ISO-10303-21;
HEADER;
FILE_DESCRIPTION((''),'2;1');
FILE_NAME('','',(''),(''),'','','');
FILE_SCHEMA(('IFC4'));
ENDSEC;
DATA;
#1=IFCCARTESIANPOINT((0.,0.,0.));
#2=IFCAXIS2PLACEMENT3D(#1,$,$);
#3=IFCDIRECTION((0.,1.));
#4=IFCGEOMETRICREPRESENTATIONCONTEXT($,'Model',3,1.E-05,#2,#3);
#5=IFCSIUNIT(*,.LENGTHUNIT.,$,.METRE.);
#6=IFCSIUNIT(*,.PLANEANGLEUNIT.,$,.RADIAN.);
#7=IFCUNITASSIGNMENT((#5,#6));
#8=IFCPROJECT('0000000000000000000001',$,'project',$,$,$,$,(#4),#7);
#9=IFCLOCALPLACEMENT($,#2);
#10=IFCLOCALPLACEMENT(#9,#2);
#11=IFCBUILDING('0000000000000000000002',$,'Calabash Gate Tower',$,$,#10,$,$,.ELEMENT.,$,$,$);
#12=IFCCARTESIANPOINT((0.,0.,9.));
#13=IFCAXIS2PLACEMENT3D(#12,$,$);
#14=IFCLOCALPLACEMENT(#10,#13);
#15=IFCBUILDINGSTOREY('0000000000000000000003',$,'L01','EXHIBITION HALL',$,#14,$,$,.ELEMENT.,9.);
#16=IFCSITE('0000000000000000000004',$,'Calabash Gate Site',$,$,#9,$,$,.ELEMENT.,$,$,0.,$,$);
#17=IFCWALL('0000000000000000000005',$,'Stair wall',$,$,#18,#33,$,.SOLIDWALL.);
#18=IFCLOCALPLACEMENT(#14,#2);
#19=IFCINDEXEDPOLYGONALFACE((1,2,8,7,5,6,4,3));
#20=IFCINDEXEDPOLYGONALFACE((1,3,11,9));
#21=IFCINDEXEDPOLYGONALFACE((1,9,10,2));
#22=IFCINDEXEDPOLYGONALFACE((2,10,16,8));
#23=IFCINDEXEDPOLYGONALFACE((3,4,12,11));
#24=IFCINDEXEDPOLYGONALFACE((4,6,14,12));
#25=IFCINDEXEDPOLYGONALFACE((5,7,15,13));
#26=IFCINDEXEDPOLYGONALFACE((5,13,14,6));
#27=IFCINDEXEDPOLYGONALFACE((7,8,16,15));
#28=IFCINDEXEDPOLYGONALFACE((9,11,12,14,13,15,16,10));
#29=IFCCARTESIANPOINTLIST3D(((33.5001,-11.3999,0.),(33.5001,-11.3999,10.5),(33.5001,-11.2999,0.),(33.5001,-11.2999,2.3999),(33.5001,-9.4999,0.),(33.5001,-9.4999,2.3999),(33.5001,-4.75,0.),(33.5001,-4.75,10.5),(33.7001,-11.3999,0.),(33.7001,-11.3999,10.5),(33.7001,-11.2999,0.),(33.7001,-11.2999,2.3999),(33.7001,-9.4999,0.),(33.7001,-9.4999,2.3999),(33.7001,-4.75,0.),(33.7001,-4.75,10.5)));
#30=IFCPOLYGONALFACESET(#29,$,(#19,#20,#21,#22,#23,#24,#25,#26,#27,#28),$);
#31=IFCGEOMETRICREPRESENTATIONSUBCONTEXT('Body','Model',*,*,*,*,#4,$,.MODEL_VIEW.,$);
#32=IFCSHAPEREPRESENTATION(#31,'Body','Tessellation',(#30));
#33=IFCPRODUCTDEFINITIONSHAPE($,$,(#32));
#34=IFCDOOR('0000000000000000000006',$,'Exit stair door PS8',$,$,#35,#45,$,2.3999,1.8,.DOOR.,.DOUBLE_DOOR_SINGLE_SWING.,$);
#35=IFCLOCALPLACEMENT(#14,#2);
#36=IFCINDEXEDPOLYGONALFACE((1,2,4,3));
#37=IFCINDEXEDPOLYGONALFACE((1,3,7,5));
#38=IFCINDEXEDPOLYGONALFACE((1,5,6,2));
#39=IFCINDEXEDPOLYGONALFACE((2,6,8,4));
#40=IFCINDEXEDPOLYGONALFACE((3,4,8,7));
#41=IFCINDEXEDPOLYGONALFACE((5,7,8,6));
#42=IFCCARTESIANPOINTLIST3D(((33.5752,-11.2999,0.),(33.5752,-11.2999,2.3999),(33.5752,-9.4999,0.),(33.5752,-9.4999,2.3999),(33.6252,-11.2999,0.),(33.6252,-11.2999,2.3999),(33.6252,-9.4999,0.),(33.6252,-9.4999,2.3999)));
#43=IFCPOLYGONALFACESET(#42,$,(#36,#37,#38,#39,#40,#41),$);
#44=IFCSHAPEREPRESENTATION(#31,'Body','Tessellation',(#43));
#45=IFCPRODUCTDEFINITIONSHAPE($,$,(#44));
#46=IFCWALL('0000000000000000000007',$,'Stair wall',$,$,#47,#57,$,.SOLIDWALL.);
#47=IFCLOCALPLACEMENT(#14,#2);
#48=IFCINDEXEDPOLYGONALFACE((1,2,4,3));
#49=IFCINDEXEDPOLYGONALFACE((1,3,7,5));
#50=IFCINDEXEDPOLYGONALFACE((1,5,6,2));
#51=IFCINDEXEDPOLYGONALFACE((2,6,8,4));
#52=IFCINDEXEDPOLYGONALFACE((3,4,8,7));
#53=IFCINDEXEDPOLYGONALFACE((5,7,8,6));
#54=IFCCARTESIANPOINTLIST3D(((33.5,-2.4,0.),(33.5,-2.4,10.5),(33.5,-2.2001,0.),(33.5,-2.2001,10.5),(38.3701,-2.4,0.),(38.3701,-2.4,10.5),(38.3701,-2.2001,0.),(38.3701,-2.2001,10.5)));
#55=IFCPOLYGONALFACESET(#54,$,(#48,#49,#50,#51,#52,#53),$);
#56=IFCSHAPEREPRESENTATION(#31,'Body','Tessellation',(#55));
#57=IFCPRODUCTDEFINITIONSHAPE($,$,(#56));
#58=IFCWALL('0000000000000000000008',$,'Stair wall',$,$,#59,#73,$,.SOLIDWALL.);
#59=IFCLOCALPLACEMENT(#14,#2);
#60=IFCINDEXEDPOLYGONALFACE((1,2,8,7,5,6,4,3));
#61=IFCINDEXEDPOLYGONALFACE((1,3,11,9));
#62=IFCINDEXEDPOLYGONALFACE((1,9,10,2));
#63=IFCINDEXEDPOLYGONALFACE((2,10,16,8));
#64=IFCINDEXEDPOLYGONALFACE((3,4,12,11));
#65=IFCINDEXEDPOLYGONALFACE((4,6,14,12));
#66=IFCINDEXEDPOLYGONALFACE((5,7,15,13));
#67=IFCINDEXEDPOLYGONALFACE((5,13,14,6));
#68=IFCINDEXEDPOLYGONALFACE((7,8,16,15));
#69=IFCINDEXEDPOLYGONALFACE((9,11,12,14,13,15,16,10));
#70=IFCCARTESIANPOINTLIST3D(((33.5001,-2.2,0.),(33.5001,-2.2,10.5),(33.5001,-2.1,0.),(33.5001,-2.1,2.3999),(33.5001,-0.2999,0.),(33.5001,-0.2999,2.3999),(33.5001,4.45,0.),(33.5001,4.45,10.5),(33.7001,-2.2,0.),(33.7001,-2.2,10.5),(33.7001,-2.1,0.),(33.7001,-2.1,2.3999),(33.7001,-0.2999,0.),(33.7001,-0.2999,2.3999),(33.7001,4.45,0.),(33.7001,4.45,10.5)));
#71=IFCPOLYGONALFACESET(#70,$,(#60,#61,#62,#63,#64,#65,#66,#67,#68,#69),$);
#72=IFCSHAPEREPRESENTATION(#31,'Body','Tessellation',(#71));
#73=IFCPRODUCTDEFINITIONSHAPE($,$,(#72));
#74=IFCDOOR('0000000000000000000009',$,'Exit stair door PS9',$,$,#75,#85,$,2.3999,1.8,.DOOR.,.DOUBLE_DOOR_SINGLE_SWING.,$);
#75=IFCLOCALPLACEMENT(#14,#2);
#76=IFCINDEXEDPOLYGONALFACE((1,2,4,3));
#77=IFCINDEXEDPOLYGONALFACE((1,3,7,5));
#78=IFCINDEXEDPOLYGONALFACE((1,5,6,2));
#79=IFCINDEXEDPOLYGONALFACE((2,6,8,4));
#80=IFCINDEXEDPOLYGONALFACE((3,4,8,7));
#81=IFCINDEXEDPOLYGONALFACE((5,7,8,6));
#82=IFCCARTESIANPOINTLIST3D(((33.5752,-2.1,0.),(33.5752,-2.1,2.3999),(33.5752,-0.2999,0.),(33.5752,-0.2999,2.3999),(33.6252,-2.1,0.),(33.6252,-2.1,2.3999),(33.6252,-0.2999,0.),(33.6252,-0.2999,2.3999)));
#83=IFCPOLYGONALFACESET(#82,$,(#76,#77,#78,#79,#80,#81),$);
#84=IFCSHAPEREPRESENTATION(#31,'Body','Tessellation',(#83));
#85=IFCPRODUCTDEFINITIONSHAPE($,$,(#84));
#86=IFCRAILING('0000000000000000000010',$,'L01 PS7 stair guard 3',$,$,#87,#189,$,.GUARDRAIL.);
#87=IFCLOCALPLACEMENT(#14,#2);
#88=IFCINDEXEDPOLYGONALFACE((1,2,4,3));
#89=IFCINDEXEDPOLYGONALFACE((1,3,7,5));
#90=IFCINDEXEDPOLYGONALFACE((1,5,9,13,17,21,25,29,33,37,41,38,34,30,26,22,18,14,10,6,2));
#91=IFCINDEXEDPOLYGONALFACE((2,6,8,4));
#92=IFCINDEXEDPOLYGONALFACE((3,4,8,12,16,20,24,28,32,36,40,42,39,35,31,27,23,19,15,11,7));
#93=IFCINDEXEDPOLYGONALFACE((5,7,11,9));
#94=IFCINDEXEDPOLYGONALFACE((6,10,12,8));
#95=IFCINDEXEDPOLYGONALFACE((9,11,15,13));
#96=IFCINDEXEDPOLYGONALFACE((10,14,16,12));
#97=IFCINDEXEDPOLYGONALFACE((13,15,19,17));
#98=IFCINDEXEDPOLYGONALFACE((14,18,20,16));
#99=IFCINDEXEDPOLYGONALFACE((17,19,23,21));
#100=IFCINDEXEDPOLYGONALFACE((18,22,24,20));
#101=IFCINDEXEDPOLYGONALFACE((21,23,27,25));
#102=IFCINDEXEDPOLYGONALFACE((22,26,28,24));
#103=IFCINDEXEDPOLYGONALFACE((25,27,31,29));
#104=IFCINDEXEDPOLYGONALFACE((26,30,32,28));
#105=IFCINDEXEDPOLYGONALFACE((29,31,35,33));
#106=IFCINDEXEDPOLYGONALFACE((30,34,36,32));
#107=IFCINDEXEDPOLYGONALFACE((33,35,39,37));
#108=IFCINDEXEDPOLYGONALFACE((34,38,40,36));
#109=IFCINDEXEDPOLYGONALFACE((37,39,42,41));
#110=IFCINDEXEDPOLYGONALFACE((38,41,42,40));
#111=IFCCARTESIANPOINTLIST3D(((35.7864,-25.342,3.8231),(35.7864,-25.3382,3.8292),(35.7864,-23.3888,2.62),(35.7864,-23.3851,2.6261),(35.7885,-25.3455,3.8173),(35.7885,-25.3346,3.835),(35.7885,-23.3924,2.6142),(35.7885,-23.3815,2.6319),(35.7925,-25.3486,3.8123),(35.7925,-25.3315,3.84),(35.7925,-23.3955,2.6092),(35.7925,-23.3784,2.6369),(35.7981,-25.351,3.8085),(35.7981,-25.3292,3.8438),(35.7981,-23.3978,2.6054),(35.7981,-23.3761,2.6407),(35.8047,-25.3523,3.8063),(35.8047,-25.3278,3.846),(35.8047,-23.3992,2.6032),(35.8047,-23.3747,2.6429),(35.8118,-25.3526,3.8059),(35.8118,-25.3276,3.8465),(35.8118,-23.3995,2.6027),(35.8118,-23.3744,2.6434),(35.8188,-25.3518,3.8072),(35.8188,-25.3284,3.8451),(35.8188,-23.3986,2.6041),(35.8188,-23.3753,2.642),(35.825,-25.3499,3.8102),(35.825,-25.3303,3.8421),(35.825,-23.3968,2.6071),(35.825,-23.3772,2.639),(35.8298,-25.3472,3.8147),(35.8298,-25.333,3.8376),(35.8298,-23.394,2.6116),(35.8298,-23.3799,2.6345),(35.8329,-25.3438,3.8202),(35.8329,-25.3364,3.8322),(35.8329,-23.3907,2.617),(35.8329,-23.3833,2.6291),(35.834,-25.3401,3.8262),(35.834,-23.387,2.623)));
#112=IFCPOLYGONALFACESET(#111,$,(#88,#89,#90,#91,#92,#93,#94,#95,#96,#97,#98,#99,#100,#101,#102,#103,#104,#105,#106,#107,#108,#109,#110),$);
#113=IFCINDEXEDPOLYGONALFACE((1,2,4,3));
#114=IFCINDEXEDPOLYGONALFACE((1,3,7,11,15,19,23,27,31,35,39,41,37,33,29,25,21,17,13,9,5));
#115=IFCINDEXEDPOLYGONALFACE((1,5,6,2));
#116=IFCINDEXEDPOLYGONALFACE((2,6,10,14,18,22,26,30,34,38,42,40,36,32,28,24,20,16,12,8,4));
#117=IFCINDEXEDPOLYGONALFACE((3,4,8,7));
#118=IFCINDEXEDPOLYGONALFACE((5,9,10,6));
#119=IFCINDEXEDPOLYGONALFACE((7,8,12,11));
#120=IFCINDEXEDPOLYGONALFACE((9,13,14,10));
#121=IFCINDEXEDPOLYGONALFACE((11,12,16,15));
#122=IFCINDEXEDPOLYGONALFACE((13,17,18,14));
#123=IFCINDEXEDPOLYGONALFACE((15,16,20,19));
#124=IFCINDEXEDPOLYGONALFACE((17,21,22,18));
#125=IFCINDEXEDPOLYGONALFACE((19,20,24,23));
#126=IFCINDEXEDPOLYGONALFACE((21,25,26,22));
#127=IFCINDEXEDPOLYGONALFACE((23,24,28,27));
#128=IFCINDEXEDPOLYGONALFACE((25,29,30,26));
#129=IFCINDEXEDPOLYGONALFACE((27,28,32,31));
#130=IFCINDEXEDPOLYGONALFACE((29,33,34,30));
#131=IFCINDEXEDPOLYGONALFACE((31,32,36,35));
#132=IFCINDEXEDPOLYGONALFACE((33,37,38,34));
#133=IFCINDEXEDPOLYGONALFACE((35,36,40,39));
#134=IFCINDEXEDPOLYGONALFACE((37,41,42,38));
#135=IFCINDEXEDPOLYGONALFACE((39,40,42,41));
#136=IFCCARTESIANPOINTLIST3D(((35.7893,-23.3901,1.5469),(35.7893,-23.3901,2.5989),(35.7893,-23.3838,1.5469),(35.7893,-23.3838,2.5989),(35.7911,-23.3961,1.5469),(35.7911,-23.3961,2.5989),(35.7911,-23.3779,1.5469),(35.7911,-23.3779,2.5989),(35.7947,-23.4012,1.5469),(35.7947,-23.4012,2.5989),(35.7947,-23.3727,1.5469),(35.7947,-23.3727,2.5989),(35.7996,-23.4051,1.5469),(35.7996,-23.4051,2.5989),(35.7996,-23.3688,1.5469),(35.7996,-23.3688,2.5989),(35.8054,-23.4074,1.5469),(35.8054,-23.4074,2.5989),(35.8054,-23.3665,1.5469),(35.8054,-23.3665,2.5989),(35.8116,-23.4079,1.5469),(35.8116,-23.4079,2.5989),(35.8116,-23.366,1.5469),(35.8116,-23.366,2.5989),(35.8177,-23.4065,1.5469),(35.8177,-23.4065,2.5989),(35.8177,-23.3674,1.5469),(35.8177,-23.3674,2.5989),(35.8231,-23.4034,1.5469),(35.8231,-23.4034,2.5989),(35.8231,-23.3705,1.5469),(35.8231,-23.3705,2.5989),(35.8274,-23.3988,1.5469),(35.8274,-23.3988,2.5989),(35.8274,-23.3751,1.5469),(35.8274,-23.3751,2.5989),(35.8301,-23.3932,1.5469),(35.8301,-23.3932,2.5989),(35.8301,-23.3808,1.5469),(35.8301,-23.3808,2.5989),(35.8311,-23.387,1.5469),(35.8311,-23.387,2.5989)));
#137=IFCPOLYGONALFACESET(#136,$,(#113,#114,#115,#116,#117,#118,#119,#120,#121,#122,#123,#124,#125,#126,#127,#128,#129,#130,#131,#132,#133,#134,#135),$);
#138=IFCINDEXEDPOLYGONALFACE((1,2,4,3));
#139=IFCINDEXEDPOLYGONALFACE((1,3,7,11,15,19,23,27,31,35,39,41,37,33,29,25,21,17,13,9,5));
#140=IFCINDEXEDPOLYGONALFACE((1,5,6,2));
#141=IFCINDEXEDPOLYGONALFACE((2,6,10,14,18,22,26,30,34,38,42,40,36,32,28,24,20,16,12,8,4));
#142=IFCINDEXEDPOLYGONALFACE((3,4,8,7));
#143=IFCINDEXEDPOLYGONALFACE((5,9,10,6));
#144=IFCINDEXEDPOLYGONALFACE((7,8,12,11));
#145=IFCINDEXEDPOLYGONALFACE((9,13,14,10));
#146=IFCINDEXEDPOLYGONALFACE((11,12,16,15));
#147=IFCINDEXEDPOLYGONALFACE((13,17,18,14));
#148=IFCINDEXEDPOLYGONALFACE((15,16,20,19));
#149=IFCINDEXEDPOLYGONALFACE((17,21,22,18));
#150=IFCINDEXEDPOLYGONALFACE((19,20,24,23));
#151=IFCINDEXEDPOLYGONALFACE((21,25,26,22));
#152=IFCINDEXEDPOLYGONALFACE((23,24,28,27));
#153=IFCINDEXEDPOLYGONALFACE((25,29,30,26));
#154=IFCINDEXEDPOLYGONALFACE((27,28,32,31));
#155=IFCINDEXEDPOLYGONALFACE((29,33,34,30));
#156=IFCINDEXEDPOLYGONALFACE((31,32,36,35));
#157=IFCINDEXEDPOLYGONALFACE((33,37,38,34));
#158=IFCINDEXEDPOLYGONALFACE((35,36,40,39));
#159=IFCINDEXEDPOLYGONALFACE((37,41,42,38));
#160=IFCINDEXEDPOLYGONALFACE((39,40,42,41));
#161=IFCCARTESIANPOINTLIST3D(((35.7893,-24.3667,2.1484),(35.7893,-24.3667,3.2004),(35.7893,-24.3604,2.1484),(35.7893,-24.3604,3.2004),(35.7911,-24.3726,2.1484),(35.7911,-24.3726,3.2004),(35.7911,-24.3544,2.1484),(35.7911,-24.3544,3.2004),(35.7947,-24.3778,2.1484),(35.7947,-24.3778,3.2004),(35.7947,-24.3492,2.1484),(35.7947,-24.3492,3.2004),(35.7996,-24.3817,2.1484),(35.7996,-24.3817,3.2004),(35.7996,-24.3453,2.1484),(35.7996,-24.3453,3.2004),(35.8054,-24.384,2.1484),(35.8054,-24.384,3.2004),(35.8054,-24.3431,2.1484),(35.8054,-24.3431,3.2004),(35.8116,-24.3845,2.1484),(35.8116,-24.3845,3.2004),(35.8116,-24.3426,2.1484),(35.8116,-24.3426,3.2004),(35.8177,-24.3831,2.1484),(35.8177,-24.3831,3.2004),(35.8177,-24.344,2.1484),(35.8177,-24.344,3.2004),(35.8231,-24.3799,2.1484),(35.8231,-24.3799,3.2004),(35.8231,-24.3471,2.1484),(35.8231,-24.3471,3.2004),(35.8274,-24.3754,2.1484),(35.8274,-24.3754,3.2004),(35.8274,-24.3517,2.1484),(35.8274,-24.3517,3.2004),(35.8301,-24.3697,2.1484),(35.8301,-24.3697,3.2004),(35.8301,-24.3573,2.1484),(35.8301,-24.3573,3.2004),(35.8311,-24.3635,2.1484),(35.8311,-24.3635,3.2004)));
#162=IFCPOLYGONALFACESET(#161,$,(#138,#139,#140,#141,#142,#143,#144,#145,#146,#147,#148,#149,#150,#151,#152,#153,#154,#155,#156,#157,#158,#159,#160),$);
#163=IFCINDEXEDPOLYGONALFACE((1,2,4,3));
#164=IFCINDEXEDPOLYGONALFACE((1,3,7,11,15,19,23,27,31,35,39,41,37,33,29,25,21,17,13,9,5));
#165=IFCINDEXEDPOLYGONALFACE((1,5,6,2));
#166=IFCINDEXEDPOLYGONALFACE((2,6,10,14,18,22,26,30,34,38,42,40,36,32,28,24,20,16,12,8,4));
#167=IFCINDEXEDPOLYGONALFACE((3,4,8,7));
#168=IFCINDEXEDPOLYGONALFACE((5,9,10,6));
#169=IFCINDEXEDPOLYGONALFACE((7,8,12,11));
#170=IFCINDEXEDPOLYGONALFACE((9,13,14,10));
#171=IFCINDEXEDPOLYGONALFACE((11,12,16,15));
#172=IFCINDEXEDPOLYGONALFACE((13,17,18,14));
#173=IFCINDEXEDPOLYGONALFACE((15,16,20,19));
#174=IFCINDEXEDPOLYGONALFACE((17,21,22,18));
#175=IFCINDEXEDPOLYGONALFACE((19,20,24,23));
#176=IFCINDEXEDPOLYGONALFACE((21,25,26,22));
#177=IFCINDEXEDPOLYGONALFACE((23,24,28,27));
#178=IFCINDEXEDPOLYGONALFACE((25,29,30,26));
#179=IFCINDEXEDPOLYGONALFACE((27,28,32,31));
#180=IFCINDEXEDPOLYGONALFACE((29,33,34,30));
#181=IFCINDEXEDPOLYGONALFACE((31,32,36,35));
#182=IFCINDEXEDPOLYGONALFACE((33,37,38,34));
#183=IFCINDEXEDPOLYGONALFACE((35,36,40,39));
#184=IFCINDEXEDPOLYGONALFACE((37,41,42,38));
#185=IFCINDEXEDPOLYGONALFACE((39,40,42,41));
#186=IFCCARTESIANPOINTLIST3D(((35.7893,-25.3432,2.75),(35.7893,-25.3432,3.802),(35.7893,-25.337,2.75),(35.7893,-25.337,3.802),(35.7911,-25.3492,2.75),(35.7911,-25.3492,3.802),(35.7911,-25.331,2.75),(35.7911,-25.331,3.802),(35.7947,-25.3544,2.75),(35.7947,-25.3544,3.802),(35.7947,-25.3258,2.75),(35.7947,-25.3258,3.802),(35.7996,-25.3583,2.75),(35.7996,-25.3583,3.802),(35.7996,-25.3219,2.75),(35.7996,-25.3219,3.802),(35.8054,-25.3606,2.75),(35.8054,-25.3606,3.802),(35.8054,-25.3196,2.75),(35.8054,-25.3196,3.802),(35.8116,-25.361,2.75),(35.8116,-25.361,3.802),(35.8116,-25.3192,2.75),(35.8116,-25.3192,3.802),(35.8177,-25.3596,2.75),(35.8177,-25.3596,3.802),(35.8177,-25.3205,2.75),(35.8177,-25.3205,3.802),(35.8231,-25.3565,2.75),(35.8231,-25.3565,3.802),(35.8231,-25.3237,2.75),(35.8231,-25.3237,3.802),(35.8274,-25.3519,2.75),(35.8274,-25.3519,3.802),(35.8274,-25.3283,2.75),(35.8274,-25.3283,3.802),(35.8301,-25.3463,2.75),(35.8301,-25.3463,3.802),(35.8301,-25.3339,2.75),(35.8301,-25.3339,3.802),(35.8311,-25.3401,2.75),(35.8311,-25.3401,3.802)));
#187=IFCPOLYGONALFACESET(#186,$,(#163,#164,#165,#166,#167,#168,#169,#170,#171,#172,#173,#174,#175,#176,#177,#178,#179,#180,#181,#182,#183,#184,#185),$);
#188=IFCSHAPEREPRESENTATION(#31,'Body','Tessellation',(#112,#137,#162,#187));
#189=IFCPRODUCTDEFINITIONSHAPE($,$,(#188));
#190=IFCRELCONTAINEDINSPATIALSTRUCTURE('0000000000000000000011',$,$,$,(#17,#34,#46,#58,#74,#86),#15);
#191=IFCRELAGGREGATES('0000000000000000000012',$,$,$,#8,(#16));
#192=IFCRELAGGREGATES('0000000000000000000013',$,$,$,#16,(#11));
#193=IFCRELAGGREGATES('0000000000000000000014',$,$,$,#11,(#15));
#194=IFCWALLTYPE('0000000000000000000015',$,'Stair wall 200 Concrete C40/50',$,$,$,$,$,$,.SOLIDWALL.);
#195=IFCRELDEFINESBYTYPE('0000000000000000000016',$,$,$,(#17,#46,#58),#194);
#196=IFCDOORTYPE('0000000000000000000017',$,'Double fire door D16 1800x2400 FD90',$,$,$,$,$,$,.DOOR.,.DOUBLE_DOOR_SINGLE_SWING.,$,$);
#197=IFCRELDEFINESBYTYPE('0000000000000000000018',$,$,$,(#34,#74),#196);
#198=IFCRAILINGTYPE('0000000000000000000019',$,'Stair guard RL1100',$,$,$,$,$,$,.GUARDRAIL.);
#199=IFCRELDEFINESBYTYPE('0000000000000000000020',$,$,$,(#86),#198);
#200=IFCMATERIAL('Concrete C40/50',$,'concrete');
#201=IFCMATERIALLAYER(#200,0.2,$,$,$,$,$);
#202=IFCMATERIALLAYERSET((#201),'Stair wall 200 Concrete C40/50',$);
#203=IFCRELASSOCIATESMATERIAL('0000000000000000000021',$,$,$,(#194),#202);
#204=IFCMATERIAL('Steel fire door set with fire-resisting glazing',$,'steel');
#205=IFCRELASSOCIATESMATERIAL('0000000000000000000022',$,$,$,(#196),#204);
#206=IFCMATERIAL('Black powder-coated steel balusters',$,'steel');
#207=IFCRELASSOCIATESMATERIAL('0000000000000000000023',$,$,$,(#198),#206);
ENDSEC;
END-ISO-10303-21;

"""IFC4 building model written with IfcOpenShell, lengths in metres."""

from ifc_helpers import new_model, si_unit, direction, frame, frame_2d, origin, origin_2d, place, context, subcontext, project, spatial, rectangle, circle, extrude, material, layer, layer_set, type_object, element, fill, save


model = new_model("IFC4")

# Units and contexts
model_context = context("Model", 3, precision=1e-05, world=origin(), true_north=direction((0.0, 1.0)))
body_context = subcontext(model_context, "Body", "Model", "MODEL_VIEW")
ifc_project = project(units=[si_unit("LENGTHUNIT", "METRE"), si_unit("PLANEANGLEUNIT", "RADIAN")], contexts=[model_context])

# Site, building, storey
site_placement = place(None, origin())
site = spatial("IfcSite", under=ifc_project, at=site_placement, Name="Calabash Gate Site", CompositionType="ELEMENT", RefElevation=0.0)
building_placement = place(site_placement, origin())
building = spatial("IfcBuilding", under=site, at=building_placement, Name="Calabash Gate Tower", CompositionType="ELEMENT")
storey_placement = place(building_placement, frame((0.0, 0.0, 9.0)))
storey = spatial("IfcBuildingStorey", under=building, at=storey_placement, Name="L01", Description="EXHIBITION HALL", CompositionType="ELEMENT", Elevation=9.0)

# Shared definitions
ifc_material_1 = material(Name="Concrete C40/50", Category="concrete")
ifc_layer_1 = layer(ifc_material_1, 0.2)
ifc_layer_set_1 = layer_set([ifc_layer_1], Name="Stair wall 200 Concrete C40/50")
wall_type_1 = type_object("IfcWallType", Name="Stair wall 200 Concrete C40/50", PredefinedType="SOLIDWALL", material=ifc_layer_set_1)
ifc_material_2 = material(Name="Steel fire door set with fire-resisting glazing", Category="steel")
door_type_1 = type_object("IfcDoorType", Name="Double fire door D16 1800x2400 FD90", OperationType="DOUBLE_DOOR_SINGLE_SWING", PredefinedType="DOOR", material=ifc_material_2)

# Wall, opening, door
wall_1_placement = place(storey_placement, frame((33.6001, -11.3999, 0.0), z_axis=(0.0, 0.0, 1.0), x_axis=(0.0, 1.0, 0.0)))
wall_1 = element("IfcWall", 1, at=wall_1_placement, inside=storey, type_object=wall_type_1, Name="Stair wall", PredefinedType="SOLIDWALL", context=body_context, shape_type="SweptSolid", body=[
    extrude(rectangle(XDim=6.6499, YDim=0.2, at=frame_2d((3.325, 0.0))), origin(), (0.0, 0.0, 1.0), 10.5),
])
opening_1_placement = place(wall_1_placement, frame((0.1001, 0.0, 0.0)))
opening_1 = element("IfcOpeningElement", 2, at=opening_1_placement, cuts=wall_1, PredefinedType="OPENING", context=body_context, shape_type="SweptSolid", body=[
    extrude(rectangle(XDim=1.8, YDim=2.3999, at=frame_2d((0.8999, 1.2))), frame((0.0, 0.1099, 0.0), z_axis=(0.0, -1.0, 0.0), x_axis=(1.0, 0.0, 0.0)), (0.0, 0.0, 1.0), 0.22),
])
door_1_placement = place(opening_1_placement, origin())
door_1 = element("IfcDoor", 3, at=door_1_placement, inside=storey, type_object=door_type_1, Name="Exit stair door PS8", OperationType="DOUBLE_DOOR_SINGLE_SWING", OverallHeight=2.3999, OverallWidth=1.8, PredefinedType="DOOR", context=body_context, shape_type="SweptSolid", body=[
    extrude(rectangle(XDim=1.8, YDim=2.3999, at=frame_2d((0.8999, 1.2))), frame((0.0, 0.0249, 0.0), z_axis=(0.0, -1.0, 0.0), x_axis=(1.0, 0.0, 0.0)), (0.0, 0.0, 1.0), 0.05),
])
fill(opening_1, door_1)

# Wall
wall_2_placement = place(storey_placement, frame((33.5, -2.3, 0.0), z_axis=(0.0, 0.0, 1.0), x_axis=(1.0, 0.0, 0.0)))
element("IfcWall", 4, at=wall_2_placement, inside=storey, type_object=wall_type_1, Name="Stair wall", PredefinedType="SOLIDWALL", context=body_context, shape_type="SweptSolid", body=[
    extrude(rectangle(XDim=4.8701, YDim=0.2, at=frame_2d((2.4351, 0.0))), origin(), (0.0, 0.0, 1.0), 10.5),
])

# Wall, opening, door
wall_3_placement = place(storey_placement, frame((33.6001, -2.2, 0.0), z_axis=(0.0, 0.0, 1.0), x_axis=(0.0, 1.0, 0.0)))
wall_3 = element("IfcWall", 5, at=wall_3_placement, inside=storey, type_object=wall_type_1, Name="Stair wall", PredefinedType="SOLIDWALL", context=body_context, shape_type="SweptSolid", body=[
    extrude(rectangle(XDim=6.6499, YDim=0.2, at=frame_2d((3.325, 0.0))), origin(), (0.0, 0.0, 1.0), 10.5),
])
opening_2_placement = place(wall_3_placement, frame((0.1001, 0.0, 0.0)))
opening_2 = element("IfcOpeningElement", 6, at=opening_2_placement, cuts=wall_3, PredefinedType="OPENING", context=body_context, shape_type="SweptSolid", body=[
    extrude(rectangle(XDim=1.8, YDim=2.3999, at=frame_2d((0.8999, 1.2))), frame((0.0, 0.1099, 0.0), z_axis=(0.0, -1.0, 0.0), x_axis=(1.0, 0.0, 0.0)), (0.0, 0.0, 1.0), 0.22),
])
door_2_placement = place(opening_2_placement, origin())
door_2 = element("IfcDoor", 7, at=door_2_placement, inside=storey, type_object=door_type_1, Name="Exit stair door PS9", OperationType="DOUBLE_DOOR_SINGLE_SWING", OverallHeight=2.3999, OverallWidth=1.8, PredefinedType="DOOR", context=body_context, shape_type="SweptSolid", body=[
    extrude(rectangle(XDim=1.8, YDim=2.3999, at=frame_2d((0.8999, 1.2))), frame((0.0, 0.0249, 0.0), z_axis=(0.0, -1.0, 0.0), x_axis=(1.0, 0.0, 0.0)), (0.0, 0.0, 1.0), 0.05),
])
fill(opening_2, door_2)

# Railing
ifc_material_3 = material(Name="Black powder-coated steel balusters", Category="steel")
railing_type_1 = type_object("IfcRailingType", Name="Stair guard RL1100", PredefinedType="GUARDRAIL", material=ifc_material_3)
for number, where, name in (
    (8, (35.8101, -23.387, 1.5469), "L01 PS7 stair guard 3"),
):
    element("IfcRailing", number, at=place(storey_placement, frame(where)), inside=storey, type_object=railing_type_1, Name=name, PredefinedType="GUARDRAIL", context=body_context, shape_type="SweptSolid", body=[
        extrude(circle(Radius=0.0239, at=origin_2d()), frame((0.0, 0.0, 1.0762), z_axis=(0.0, -0.851424, 0.524477), x_axis=(1.0, 0.0, 0.0)), (0.0, 0.0, 1.0), 2.2939),
        extrude(circle(Radius=0.021, at=origin_2d()), origin(), (0.0, 0.0, 1.0), 1.052),
        extrude(circle(Radius=0.021, at=origin_2d()), frame((0.0, -0.9766, 0.6016)), (0.0, 0.0, 1.0), 1.052),
        extrude(circle(Radius=0.021, at=origin_2d()), frame((0.0, -1.9531, 1.2031)), (0.0, 0.0, 1.0), 1.052),
    ])

save(model, "model.ifc")
